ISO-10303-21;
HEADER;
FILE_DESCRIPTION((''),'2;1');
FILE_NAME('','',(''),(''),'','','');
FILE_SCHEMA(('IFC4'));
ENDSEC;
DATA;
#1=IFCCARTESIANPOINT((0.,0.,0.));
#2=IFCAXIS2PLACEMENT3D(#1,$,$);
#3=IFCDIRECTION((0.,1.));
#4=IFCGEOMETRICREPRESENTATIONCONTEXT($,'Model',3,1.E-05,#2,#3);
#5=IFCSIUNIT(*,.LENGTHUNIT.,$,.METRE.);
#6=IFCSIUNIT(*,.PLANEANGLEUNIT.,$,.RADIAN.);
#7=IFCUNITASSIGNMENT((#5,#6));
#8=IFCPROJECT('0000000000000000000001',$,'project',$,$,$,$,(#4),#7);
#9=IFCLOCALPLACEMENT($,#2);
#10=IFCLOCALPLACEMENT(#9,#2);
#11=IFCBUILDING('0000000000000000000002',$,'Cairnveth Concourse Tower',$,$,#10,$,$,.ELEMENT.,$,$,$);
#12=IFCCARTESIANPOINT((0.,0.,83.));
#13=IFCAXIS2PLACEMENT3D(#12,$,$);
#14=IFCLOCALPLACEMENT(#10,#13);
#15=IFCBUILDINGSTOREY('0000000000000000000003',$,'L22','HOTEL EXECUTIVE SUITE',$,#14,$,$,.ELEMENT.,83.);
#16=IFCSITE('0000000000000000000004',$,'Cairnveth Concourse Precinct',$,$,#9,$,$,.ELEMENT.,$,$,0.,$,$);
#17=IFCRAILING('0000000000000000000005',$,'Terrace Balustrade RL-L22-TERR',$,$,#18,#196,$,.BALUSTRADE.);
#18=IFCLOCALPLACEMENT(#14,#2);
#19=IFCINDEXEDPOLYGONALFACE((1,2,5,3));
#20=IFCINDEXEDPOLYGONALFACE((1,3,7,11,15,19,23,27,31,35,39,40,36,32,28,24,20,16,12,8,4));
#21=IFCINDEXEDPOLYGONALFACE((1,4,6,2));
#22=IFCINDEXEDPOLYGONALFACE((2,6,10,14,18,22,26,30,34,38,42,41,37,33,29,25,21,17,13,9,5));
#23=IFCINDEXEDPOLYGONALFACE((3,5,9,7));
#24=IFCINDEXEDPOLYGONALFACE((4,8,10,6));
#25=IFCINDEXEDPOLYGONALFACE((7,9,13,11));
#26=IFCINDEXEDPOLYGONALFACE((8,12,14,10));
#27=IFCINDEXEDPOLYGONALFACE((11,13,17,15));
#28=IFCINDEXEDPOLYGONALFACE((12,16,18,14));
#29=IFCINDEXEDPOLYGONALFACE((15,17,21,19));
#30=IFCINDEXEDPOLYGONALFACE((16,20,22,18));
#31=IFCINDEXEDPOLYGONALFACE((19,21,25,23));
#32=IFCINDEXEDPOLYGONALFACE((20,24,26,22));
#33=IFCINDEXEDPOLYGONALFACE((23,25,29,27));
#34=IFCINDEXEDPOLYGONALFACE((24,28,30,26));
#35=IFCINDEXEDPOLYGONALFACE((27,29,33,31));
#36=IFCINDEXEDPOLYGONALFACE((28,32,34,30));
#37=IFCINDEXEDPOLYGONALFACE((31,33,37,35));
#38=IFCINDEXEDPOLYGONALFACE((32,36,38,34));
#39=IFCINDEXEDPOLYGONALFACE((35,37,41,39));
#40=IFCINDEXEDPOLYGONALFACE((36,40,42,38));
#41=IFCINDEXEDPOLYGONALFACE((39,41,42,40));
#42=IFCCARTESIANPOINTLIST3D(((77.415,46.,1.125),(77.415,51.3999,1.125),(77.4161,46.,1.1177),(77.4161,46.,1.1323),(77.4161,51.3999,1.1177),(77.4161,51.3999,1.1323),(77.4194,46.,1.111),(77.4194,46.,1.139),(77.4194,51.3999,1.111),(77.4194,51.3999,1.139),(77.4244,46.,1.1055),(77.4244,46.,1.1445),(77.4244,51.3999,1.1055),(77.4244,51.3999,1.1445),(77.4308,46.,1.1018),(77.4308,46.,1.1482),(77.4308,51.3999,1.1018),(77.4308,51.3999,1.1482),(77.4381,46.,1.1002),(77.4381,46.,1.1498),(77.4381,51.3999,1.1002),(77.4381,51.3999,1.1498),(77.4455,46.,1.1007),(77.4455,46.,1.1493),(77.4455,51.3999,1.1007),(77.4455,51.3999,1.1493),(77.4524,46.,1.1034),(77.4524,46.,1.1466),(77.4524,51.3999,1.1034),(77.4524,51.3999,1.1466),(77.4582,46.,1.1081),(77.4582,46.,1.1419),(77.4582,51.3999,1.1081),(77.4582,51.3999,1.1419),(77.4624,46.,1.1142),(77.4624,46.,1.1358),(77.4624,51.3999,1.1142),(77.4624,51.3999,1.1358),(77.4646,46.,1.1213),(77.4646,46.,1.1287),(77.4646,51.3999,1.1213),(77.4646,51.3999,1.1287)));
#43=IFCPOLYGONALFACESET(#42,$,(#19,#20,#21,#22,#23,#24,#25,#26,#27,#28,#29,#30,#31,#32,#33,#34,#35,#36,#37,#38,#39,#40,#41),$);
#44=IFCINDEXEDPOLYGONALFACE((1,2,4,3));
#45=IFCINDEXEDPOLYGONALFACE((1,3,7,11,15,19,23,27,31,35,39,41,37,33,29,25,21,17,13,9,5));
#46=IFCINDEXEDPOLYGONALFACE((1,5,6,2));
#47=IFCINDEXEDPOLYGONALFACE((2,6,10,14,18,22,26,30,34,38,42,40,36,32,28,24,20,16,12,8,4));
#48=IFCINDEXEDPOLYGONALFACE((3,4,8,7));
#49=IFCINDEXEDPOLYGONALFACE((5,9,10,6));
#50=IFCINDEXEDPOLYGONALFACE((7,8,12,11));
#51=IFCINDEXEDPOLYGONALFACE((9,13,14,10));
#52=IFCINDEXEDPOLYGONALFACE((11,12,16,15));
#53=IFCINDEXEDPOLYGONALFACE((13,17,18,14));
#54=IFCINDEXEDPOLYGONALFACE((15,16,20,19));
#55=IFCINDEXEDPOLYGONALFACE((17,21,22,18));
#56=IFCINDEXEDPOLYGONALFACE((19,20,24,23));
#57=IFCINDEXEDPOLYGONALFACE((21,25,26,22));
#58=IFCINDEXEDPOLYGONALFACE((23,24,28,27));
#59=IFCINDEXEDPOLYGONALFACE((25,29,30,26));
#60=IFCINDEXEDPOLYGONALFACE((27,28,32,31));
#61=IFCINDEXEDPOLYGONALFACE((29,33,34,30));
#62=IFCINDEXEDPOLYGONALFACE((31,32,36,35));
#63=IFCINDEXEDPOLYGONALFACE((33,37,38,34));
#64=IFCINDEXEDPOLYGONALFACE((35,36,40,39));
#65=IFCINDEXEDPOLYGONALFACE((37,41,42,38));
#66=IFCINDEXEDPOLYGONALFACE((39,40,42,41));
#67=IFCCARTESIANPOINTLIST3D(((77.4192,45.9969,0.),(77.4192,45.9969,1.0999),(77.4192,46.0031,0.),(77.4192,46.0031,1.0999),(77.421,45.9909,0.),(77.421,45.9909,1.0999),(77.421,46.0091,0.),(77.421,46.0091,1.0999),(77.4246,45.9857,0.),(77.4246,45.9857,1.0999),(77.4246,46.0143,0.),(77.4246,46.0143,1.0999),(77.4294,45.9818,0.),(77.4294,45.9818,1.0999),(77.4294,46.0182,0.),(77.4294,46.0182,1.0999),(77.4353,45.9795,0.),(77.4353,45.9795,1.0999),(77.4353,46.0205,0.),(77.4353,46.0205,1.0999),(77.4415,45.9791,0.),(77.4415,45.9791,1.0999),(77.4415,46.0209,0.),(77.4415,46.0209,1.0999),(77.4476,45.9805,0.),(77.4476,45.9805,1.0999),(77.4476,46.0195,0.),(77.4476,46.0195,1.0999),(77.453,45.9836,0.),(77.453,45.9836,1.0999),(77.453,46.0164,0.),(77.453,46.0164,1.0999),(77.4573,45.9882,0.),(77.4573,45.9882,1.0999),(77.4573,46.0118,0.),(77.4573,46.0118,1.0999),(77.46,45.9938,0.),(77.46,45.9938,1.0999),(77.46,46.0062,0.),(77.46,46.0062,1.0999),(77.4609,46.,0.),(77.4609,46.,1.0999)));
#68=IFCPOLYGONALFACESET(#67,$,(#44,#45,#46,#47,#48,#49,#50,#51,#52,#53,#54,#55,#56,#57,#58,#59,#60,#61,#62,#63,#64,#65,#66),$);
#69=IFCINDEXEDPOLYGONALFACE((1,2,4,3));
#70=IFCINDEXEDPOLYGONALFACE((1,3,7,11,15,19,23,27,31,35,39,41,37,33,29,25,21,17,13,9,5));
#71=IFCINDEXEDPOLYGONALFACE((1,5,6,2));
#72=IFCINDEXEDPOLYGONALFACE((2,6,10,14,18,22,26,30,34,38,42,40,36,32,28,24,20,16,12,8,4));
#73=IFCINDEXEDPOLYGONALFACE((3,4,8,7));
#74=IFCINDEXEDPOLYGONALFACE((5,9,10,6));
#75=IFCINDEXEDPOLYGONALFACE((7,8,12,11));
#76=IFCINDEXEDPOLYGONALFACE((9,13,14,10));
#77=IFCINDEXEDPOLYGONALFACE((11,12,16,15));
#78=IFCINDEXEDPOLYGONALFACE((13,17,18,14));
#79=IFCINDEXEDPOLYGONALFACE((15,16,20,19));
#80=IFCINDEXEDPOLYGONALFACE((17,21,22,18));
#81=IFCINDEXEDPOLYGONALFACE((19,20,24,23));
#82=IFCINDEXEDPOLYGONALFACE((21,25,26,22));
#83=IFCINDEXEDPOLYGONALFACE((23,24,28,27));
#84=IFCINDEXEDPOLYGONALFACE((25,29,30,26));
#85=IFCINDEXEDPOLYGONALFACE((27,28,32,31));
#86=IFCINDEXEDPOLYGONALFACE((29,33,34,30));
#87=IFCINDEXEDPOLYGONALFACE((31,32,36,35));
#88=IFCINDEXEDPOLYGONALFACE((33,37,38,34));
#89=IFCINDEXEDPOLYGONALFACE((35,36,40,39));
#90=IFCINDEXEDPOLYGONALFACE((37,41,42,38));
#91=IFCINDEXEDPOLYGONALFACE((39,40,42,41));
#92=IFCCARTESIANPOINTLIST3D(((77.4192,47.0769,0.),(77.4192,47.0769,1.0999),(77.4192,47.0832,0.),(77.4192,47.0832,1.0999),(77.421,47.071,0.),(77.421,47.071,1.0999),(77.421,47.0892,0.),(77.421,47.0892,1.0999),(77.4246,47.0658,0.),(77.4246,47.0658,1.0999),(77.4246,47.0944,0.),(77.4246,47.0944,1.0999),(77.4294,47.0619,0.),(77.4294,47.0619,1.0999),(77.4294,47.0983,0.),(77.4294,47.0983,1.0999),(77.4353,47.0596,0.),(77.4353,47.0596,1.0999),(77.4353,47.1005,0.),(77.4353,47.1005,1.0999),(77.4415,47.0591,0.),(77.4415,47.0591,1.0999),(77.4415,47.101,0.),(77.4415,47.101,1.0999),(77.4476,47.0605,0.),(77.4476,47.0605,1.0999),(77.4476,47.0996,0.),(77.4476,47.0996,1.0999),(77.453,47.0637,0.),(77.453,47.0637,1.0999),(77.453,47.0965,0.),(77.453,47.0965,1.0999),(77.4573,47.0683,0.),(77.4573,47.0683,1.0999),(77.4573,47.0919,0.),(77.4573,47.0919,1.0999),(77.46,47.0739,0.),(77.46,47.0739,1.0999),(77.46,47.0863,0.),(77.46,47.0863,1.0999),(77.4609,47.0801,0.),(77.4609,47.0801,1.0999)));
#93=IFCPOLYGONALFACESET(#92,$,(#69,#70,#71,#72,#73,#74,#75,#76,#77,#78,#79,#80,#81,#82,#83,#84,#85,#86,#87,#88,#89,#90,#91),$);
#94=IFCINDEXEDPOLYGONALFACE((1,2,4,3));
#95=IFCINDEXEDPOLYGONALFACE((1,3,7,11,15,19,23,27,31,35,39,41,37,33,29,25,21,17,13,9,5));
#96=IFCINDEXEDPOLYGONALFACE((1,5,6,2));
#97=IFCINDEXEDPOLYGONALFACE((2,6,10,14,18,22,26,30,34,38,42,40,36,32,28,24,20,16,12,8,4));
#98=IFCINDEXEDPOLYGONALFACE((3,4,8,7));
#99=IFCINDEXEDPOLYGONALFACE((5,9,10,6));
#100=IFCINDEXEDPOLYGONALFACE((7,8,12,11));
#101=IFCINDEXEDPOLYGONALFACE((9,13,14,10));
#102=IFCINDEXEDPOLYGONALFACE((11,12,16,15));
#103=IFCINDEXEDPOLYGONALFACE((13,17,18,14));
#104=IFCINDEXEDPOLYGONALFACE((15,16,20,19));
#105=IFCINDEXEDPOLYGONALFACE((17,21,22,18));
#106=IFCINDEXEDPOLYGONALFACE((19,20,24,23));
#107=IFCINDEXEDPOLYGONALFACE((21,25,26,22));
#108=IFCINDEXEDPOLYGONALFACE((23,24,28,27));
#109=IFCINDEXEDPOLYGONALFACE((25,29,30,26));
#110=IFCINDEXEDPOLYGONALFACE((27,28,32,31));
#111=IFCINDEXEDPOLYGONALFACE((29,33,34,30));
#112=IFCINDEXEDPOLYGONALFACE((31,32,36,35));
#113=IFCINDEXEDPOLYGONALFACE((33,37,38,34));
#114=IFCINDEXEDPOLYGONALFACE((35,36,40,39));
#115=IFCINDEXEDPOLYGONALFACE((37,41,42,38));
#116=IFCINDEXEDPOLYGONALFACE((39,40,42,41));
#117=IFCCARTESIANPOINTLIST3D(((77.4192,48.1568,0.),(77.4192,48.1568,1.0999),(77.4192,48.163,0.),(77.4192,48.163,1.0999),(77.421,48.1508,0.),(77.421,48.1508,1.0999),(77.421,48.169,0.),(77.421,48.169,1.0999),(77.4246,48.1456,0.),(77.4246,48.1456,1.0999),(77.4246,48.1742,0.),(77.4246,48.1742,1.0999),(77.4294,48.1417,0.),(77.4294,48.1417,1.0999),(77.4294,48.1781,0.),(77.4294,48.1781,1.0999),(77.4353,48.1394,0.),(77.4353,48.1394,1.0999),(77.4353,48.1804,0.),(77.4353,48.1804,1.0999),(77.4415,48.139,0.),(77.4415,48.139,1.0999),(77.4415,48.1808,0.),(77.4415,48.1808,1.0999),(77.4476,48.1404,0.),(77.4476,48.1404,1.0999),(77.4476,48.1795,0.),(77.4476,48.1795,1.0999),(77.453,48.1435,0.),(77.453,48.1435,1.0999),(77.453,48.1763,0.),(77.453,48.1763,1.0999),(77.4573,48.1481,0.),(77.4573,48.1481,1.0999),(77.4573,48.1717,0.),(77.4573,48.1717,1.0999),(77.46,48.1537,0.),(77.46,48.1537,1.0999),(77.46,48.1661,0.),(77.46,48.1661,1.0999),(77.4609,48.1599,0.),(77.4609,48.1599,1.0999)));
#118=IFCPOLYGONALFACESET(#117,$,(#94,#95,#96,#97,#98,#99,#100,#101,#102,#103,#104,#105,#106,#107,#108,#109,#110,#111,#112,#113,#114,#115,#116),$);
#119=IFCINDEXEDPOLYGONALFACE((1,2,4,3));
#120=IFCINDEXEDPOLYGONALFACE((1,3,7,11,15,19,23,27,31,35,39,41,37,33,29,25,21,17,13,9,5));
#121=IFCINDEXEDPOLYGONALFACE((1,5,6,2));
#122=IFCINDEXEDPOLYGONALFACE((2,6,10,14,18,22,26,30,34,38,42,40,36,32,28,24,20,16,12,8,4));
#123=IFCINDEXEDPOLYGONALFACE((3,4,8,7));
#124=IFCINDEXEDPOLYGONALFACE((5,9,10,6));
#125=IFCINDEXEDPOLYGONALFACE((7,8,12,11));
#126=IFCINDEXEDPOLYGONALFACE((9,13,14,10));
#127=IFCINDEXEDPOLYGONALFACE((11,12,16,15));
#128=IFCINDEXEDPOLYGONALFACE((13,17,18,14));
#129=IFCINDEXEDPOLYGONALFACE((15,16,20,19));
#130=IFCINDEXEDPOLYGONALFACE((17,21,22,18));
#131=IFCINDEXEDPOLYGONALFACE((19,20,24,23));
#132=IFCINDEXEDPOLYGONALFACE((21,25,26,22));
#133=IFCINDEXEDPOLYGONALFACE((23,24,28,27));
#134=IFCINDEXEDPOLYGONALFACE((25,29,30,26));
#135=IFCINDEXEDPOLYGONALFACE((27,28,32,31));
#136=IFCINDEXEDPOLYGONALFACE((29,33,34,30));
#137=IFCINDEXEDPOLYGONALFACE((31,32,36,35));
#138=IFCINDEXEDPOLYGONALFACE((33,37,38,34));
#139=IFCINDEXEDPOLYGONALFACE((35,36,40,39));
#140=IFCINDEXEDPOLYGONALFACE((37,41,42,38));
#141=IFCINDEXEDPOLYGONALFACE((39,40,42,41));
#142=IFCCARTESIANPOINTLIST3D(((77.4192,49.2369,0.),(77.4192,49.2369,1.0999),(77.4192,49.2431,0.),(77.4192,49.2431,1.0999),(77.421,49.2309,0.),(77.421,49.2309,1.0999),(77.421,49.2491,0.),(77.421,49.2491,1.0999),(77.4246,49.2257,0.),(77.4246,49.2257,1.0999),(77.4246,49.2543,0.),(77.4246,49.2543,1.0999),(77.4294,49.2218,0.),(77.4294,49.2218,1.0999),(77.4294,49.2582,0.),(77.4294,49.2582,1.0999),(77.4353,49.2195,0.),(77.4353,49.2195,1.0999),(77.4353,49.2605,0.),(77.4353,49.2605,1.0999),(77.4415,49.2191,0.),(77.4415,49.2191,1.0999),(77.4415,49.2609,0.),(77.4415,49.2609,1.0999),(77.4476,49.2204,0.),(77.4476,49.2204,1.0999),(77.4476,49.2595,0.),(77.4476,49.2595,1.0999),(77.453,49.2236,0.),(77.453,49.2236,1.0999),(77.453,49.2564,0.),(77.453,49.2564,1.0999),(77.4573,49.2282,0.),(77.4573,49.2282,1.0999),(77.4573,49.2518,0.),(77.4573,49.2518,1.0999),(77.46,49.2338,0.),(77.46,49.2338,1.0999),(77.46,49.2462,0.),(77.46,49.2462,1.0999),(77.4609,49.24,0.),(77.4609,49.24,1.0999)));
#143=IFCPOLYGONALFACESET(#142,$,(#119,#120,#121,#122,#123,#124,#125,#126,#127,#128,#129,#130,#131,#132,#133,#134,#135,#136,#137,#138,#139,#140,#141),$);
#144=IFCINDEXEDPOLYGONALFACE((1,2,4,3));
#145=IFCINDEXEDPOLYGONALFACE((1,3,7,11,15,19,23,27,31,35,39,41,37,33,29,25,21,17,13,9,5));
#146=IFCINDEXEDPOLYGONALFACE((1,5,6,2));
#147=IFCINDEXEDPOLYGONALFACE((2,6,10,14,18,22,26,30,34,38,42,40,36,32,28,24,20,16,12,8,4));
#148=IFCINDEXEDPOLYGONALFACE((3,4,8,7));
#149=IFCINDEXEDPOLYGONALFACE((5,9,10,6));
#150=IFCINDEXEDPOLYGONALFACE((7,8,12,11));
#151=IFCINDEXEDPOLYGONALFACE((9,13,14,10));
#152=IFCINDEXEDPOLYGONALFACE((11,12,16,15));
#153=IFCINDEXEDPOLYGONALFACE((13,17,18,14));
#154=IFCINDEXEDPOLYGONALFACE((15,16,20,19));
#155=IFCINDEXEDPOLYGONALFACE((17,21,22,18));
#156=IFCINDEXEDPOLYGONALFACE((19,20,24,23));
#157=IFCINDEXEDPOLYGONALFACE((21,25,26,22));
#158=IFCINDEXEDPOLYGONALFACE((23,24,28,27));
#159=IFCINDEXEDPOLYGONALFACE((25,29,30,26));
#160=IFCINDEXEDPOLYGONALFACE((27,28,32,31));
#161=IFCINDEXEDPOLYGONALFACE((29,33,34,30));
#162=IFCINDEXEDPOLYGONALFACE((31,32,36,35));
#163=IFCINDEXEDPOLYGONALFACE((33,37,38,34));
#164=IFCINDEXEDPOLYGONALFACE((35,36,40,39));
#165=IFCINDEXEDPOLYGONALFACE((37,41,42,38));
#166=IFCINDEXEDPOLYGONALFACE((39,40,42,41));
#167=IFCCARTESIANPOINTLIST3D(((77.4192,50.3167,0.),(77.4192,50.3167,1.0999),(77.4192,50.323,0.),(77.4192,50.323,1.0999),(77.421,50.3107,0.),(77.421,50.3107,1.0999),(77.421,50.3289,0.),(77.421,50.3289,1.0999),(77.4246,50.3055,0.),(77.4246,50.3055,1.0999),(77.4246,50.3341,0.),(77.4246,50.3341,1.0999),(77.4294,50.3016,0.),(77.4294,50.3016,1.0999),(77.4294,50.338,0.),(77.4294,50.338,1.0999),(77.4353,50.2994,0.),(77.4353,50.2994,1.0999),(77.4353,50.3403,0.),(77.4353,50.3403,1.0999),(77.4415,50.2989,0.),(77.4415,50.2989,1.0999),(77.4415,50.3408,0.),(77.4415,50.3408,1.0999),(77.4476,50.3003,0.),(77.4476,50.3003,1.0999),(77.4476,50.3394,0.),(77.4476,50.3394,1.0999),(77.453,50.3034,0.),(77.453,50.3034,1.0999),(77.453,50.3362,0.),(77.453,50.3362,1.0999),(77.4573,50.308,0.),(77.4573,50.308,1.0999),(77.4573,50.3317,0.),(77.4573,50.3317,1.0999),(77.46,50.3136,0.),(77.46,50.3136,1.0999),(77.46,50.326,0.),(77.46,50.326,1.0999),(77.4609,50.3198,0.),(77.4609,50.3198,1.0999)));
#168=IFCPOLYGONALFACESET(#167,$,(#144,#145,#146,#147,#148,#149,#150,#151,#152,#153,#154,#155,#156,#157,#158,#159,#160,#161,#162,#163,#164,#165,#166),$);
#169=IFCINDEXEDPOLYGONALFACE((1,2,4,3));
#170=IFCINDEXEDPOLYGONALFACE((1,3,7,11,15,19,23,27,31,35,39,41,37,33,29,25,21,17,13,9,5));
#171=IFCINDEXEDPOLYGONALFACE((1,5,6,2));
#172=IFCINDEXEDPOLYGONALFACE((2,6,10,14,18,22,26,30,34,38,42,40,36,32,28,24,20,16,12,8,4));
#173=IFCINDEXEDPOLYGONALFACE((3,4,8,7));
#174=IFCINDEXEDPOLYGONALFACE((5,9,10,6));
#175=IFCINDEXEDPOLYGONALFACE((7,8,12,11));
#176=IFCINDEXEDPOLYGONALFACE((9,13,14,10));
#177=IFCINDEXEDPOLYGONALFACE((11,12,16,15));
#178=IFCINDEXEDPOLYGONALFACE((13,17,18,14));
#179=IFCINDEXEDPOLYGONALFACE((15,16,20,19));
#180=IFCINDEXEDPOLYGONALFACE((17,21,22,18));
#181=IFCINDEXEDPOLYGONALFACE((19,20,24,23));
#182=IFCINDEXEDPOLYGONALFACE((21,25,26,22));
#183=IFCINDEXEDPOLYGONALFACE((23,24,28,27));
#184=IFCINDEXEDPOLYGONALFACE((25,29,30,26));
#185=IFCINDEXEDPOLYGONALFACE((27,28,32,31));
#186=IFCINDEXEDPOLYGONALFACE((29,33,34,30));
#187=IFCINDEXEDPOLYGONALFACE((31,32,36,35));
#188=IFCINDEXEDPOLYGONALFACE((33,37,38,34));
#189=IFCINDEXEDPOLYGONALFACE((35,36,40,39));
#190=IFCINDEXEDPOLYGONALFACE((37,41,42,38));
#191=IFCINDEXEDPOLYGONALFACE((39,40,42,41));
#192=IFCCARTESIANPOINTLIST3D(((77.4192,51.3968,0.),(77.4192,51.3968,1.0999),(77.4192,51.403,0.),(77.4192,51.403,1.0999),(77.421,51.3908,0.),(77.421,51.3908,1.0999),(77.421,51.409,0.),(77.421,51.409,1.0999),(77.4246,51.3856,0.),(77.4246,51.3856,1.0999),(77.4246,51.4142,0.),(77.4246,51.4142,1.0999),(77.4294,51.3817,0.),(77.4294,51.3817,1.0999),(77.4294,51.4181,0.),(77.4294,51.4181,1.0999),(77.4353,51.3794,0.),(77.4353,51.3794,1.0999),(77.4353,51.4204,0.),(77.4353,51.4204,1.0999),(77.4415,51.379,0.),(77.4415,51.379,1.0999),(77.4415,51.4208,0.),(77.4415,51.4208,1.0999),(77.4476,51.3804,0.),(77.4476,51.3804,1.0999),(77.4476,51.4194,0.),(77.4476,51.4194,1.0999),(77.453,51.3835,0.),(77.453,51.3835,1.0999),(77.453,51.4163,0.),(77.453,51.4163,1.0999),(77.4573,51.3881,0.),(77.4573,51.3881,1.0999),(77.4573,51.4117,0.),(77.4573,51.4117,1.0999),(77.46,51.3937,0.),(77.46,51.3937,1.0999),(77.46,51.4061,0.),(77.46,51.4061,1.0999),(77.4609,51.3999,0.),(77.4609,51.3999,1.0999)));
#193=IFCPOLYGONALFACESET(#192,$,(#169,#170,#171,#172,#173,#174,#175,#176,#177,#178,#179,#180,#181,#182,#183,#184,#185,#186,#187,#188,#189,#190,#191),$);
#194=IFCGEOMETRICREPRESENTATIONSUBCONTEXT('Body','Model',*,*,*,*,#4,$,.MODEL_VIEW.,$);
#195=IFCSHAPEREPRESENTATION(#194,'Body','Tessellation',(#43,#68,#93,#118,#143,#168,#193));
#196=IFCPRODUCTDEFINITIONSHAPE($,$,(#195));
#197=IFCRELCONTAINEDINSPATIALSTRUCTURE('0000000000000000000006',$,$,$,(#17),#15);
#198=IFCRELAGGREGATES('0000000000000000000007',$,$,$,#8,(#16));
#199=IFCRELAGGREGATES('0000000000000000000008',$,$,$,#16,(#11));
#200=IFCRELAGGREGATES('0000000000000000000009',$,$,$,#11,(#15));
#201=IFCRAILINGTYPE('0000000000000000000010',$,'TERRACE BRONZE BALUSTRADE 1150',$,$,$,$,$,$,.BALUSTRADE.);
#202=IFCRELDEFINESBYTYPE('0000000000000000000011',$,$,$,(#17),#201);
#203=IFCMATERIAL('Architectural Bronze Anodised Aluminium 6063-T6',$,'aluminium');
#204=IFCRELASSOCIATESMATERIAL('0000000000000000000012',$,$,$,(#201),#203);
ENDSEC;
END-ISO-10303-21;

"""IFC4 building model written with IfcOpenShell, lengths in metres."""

from ifc_helpers import new_model, si_unit, direction, frame, origin, origin_2d, place, context, subcontext, project, spatial, circle, extrude, material, type_object, element, save


model = new_model("IFC4")

# Units and contexts
model_context = context("Model", 3, precision=1e-05, world=origin(), true_north=direction((0.0, 1.0)))
body_context = subcontext(model_context, "Body", "Model", "MODEL_VIEW")
ifc_project = project(units=[si_unit("LENGTHUNIT", "METRE"), si_unit("PLANEANGLEUNIT", "RADIAN")], contexts=[model_context])

# Site, building, storey
site_placement = place(None, origin())
site = spatial("IfcSite", under=ifc_project, at=site_placement, Name="Cairnveth Concourse Precinct", CompositionType="ELEMENT", RefElevation=0.0)
building_placement = place(site_placement, origin())
building = spatial("IfcBuilding", under=site, at=building_placement, Name="Cairnveth Concourse Tower", CompositionType="ELEMENT")
storey_placement = place(building_placement, frame((0.0, 0.0, 83.0)))
storey = spatial("IfcBuildingStorey", under=building, at=storey_placement, Name="L22", Description="HOTEL EXECUTIVE SUITE", CompositionType="ELEMENT", Elevation=83.0)

# Shared definitions
ifc_material_1 = material(Name="Architectural Bronze Anodised Aluminium 6063-T6", Category="aluminium")

# Railing
railing_type = type_object("IfcRailingType", Name="TERRACE BRONZE BALUSTRADE 1150", PredefinedType="BALUSTRADE", material=ifc_material_1)
railing_placement = place(storey_placement, frame((77.4399, 46.0, 0.0)))
element("IfcRailing", 1, at=railing_placement, inside=storey, type_object=railing_type, Name="Terrace Balustrade RL-L22-TERR", PredefinedType="BALUSTRADE", context=body_context, shape_type="SweptSolid", body=[
    extrude(circle(Radius=0.0249, at=origin_2d()), frame((0.0, 0.0, 1.125), z_axis=(0.0, 1.0, 0.0), x_axis=(-1.0, 0.0, 0.0)), (0.0, 0.0, 1.0), 5.3999),
    extrude(circle(Radius=0.021, at=origin_2d()), origin(), (0.0, 0.0, 1.0), 1.0999),
    extrude(circle(Radius=0.021, at=origin_2d()), frame((0.0, 1.0801, 0.0)), (0.0, 0.0, 1.0), 1.0999),
    extrude(circle(Radius=0.021, at=origin_2d()), frame((0.0, 2.1599, 0.0)), (0.0, 0.0, 1.0), 1.0999),
    extrude(circle(Radius=0.021, at=origin_2d()), frame((0.0, 3.24, 0.0)), (0.0, 0.0, 1.0), 1.0999),
    extrude(circle(Radius=0.021, at=origin_2d()), frame((0.0, 4.3198, 0.0)), (0.0, 0.0, 1.0), 1.0999),
    extrude(circle(Radius=0.021, at=origin_2d()), frame((0.0, 5.3999, 0.0)), (0.0, 0.0, 1.0), 1.0999),
])

save(model, "model.ifc")
